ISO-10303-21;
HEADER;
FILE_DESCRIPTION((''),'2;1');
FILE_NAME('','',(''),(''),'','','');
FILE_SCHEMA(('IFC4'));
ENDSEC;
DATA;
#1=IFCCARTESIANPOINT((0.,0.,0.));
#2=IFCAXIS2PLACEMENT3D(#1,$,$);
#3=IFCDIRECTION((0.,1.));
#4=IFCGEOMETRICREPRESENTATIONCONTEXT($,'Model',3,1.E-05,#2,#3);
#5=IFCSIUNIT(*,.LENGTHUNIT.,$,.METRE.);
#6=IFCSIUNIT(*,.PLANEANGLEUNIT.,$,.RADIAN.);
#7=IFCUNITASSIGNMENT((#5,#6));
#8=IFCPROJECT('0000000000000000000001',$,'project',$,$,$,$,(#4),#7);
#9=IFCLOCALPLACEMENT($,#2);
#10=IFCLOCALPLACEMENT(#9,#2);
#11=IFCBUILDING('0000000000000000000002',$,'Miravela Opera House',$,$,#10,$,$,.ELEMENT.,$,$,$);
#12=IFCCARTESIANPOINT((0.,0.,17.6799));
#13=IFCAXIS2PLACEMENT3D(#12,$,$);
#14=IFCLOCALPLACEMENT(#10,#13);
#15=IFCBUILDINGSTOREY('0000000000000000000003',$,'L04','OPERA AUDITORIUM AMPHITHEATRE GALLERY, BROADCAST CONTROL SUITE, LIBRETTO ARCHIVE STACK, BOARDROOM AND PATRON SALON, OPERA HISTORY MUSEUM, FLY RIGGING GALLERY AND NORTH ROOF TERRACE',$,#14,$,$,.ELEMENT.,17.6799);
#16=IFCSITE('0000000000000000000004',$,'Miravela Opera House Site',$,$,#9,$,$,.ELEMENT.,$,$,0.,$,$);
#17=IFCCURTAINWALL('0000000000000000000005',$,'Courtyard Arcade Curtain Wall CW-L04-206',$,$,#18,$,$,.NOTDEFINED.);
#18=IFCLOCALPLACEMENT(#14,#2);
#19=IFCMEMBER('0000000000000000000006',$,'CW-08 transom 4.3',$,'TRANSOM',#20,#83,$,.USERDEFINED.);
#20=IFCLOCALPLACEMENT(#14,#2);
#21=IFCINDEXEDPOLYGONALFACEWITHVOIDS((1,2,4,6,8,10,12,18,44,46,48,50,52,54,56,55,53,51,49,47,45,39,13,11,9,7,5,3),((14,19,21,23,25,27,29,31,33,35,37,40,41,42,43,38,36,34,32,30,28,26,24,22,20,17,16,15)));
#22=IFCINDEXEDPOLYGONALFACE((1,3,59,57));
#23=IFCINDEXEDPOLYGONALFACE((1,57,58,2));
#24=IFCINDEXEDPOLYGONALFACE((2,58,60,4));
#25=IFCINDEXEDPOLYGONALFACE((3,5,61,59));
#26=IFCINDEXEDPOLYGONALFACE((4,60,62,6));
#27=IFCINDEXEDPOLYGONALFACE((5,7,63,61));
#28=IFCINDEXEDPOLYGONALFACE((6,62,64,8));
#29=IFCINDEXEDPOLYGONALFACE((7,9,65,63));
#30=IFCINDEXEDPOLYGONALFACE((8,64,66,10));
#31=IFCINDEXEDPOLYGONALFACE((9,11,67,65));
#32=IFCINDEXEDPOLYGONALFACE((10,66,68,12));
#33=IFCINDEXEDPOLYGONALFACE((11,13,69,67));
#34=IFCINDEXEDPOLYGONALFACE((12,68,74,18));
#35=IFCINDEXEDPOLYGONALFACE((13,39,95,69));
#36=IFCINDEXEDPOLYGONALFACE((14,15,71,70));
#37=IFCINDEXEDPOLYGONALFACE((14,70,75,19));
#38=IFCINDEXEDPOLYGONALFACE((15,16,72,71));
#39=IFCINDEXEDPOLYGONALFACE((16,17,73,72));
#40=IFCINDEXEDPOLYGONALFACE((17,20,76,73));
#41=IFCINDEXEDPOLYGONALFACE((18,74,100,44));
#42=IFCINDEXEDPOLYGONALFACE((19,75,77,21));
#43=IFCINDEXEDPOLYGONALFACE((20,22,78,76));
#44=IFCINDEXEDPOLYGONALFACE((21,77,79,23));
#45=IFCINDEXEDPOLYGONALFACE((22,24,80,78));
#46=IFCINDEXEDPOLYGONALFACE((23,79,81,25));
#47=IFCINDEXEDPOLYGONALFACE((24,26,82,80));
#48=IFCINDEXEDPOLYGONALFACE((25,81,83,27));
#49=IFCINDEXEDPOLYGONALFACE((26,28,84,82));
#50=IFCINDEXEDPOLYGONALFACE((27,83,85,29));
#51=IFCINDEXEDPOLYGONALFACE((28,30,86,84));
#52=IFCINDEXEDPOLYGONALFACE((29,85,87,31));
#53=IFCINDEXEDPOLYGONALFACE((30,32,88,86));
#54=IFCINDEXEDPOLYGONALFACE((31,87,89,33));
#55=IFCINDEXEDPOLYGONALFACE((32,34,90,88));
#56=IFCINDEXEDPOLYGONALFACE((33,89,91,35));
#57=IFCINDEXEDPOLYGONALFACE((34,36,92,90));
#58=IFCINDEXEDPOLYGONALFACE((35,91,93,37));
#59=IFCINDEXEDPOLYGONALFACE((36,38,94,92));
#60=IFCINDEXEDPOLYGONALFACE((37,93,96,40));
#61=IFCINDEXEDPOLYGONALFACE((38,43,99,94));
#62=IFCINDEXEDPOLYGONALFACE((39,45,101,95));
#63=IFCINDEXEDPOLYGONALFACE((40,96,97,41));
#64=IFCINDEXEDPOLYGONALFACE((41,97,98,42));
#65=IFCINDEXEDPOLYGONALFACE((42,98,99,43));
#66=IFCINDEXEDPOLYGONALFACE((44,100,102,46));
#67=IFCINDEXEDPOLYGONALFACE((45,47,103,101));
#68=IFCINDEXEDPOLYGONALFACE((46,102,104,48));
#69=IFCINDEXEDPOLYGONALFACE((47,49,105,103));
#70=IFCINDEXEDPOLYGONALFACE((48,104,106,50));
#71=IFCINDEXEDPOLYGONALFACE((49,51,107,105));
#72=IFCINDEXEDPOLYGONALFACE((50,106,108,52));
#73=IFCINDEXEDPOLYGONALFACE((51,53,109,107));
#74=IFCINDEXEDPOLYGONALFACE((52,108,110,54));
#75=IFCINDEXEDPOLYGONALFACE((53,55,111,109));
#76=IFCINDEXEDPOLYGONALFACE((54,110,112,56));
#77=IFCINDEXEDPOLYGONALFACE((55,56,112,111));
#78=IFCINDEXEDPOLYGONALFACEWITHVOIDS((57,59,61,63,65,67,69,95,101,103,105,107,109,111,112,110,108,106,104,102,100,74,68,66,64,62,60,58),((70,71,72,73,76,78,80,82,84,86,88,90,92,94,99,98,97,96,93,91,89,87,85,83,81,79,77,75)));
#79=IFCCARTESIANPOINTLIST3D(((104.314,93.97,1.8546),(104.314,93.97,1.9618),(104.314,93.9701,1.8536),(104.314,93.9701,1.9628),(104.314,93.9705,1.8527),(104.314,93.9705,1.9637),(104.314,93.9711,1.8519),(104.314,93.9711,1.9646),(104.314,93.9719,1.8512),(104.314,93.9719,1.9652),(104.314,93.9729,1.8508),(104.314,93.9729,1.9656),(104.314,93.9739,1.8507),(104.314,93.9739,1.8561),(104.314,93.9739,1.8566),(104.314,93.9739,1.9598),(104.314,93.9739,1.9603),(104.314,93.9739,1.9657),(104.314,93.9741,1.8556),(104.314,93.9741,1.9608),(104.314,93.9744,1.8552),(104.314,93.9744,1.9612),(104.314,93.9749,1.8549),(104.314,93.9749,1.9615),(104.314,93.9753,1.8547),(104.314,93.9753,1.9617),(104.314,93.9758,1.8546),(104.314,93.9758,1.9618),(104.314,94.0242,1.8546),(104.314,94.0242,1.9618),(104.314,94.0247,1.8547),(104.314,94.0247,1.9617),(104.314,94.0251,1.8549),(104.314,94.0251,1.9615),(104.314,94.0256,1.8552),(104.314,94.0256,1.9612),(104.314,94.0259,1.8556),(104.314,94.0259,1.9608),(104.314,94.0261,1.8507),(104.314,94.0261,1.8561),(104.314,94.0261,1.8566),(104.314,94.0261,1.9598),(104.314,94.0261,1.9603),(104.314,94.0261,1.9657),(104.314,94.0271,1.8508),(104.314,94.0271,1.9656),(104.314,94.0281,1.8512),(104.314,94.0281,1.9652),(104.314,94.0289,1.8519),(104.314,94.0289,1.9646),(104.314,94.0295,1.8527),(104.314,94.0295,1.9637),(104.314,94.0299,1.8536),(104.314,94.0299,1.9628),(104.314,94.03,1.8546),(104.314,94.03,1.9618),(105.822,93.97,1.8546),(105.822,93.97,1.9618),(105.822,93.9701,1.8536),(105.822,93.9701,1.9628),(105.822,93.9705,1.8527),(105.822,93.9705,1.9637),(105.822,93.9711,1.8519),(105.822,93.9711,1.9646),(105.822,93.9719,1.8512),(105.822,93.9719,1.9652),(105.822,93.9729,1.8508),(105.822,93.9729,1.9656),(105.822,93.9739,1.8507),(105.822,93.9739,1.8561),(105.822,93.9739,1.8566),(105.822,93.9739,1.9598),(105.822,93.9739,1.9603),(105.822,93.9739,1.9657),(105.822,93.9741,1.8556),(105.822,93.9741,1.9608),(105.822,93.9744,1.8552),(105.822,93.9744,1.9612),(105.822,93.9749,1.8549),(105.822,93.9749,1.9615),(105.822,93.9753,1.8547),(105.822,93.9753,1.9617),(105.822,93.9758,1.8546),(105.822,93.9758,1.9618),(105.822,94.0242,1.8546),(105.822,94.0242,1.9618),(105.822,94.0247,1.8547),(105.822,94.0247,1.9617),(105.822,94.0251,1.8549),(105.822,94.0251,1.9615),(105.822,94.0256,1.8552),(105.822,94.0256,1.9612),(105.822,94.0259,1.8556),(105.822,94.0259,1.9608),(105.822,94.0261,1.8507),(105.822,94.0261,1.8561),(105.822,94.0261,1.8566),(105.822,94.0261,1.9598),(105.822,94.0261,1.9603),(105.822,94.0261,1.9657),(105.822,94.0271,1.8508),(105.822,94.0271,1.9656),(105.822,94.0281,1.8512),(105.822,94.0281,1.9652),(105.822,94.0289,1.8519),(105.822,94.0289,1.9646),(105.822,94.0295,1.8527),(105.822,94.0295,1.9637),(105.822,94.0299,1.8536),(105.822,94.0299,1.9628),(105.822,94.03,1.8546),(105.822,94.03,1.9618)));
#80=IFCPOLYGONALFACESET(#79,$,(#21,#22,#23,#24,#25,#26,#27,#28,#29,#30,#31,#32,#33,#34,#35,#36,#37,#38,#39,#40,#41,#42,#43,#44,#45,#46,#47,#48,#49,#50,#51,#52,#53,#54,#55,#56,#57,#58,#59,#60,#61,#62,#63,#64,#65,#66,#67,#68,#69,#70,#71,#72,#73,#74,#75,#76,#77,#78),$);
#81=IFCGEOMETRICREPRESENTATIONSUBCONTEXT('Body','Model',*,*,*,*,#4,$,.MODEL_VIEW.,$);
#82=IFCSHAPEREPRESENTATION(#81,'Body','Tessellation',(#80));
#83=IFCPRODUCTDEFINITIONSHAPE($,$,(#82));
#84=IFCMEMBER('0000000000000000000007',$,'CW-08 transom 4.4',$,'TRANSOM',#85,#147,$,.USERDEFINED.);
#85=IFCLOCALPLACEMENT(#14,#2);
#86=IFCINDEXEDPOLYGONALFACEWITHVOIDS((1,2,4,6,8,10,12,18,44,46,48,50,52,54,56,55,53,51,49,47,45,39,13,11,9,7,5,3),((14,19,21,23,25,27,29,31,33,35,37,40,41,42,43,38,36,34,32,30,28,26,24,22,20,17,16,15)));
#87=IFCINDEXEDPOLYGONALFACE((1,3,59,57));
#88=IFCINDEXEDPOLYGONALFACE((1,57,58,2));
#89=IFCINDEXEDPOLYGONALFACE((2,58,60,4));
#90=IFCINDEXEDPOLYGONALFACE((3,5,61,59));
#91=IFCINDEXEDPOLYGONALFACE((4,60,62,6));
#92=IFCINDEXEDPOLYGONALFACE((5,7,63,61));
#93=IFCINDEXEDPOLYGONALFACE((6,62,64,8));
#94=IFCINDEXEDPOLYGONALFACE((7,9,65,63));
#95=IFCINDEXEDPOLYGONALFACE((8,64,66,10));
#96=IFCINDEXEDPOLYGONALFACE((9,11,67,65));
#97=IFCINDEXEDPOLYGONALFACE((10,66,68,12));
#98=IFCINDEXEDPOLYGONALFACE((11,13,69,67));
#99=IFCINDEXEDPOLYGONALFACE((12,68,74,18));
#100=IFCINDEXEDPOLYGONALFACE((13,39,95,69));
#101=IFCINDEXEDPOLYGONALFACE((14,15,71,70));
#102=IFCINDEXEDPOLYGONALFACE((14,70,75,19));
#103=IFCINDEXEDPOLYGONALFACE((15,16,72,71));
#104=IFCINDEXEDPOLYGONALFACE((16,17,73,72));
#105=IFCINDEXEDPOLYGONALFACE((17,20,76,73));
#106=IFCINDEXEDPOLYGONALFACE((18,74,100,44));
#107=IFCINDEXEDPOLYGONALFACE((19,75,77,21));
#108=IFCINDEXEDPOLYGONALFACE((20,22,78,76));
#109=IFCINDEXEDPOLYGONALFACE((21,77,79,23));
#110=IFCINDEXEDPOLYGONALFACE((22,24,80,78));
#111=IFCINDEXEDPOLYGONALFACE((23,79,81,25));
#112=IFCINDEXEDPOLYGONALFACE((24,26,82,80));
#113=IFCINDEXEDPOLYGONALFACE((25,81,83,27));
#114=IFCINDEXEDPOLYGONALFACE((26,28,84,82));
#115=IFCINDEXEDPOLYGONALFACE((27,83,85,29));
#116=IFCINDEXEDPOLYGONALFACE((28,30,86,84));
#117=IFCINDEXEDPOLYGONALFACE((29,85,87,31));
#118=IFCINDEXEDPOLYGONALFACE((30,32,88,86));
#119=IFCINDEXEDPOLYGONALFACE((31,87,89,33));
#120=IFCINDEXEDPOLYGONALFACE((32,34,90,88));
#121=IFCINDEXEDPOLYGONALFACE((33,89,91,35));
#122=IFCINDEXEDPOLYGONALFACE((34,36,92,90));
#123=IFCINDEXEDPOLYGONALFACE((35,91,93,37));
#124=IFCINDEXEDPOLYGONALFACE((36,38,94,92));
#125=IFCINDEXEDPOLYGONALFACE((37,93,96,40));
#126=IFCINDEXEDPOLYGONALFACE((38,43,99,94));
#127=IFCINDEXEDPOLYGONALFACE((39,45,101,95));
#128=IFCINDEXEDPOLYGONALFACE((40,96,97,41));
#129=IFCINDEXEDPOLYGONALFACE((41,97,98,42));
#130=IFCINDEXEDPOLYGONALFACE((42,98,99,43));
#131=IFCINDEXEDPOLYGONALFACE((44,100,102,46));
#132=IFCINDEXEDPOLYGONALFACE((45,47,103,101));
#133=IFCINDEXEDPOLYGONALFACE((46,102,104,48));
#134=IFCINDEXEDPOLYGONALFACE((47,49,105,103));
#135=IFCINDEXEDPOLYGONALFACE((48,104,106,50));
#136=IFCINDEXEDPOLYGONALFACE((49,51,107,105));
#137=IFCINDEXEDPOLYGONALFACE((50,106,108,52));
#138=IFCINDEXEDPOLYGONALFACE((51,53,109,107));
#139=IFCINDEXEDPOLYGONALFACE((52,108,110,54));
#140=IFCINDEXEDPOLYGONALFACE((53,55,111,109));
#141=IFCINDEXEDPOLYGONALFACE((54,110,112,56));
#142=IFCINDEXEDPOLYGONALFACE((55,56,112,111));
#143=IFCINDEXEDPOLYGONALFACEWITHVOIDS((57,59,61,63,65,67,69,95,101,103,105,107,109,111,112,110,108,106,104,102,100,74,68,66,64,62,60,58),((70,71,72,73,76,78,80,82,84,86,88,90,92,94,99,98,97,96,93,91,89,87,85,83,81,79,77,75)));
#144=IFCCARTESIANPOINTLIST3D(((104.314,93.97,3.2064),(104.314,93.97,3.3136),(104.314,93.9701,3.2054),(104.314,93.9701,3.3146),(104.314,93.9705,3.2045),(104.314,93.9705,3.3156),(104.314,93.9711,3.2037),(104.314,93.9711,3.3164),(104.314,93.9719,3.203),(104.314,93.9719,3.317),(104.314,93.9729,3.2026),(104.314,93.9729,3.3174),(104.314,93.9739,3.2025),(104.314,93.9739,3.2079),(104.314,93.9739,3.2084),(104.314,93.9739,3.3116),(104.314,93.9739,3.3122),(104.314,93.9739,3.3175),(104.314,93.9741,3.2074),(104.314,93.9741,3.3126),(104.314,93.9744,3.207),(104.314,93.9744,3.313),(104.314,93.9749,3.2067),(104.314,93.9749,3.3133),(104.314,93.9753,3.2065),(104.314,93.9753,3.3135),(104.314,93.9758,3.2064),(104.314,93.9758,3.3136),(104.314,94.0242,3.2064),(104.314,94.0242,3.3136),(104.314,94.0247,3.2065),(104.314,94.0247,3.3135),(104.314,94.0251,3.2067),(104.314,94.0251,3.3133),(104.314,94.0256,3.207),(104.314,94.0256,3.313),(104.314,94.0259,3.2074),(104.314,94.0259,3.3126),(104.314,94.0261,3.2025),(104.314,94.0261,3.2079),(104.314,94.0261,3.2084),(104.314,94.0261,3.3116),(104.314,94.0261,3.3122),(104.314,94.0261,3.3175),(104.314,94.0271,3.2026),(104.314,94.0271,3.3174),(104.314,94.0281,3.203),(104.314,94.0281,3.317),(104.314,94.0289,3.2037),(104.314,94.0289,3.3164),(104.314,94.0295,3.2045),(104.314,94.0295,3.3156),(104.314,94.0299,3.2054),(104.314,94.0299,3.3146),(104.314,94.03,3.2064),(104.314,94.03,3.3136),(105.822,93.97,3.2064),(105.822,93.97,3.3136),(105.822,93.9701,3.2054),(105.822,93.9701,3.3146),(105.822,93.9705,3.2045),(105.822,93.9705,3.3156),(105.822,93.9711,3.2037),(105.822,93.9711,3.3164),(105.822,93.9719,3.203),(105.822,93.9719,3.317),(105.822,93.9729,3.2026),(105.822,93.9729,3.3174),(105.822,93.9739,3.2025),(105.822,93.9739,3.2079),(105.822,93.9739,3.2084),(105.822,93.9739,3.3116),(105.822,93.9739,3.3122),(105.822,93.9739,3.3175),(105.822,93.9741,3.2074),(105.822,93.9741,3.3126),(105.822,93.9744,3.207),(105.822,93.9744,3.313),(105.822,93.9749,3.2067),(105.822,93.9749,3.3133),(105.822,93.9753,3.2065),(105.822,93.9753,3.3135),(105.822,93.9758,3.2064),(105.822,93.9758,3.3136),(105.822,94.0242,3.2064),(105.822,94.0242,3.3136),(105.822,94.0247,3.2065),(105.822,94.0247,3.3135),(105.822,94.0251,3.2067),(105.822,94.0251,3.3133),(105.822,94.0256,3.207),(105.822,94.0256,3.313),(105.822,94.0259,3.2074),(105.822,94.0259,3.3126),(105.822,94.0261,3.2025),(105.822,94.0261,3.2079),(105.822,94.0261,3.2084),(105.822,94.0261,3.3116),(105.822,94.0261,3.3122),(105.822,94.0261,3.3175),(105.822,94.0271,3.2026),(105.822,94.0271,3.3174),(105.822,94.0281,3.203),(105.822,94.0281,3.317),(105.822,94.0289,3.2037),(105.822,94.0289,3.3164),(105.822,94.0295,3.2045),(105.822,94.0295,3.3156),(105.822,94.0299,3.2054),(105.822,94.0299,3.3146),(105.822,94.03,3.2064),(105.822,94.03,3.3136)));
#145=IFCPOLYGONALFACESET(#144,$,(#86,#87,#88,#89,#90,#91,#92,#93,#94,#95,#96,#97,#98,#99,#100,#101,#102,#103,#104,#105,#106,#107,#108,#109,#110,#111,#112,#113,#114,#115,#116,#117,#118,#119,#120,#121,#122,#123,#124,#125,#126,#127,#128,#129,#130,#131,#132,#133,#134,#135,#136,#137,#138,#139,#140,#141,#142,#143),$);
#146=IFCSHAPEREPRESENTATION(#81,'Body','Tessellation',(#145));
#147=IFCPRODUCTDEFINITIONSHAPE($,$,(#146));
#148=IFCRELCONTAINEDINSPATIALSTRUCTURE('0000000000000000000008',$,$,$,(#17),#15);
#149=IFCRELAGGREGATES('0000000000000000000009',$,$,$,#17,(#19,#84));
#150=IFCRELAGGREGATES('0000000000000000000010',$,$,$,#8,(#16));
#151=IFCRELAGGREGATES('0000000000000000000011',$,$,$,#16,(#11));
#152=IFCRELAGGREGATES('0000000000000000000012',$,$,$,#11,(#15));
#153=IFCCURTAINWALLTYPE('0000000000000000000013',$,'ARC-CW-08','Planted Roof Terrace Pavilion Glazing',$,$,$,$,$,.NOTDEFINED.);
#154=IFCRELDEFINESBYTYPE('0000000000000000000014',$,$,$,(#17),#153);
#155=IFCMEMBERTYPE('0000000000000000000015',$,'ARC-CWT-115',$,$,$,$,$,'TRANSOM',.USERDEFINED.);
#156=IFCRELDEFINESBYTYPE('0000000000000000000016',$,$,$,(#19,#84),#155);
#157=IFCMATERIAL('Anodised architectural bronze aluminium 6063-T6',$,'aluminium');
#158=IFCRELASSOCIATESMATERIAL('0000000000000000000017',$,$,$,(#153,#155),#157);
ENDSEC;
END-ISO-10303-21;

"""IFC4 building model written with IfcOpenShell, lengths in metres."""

from ifc_helpers import new_model, si_unit, direction, frame, origin, origin_2d, place, context, subcontext, project, spatial, hollow_rectangle, extrude, material, material_profile, profile_set, type_object, element, aggregate, save


model = new_model("IFC4")

# Units and contexts
model_context = context("Model", 3, precision=1e-05, world=origin(), true_north=direction((0.0, 1.0)))
body_context = subcontext(model_context, "Body", "Model", "MODEL_VIEW")
ifc_project = project(units=[si_unit("LENGTHUNIT", "METRE"), si_unit("PLANEANGLEUNIT", "RADIAN")], contexts=[model_context])

# Site, building, storey
site_placement = place(None, origin())
site = spatial("IfcSite", under=ifc_project, at=site_placement, Name="Miravela Opera House Site", CompositionType="ELEMENT", RefElevation=0.0)
building_placement = place(site_placement, origin())
building = spatial("IfcBuilding", under=site, at=building_placement, Name="Miravela Opera House", CompositionType="ELEMENT")
storey_placement = place(building_placement, frame((0.0, 0.0, 17.6799)))
storey = spatial("IfcBuildingStorey", under=building, at=storey_placement, Name="L04", Description="OPERA AUDITORIUM AMPHITHEATRE GALLERY, BROADCAST CONTROL SUITE, LIBRETTO ARCHIVE STACK, BOARDROOM AND PATRON SALON, OPERA HISTORY MUSEUM, FLY RIGGING GALLERY AND NORTH ROOF TERRACE", CompositionType="ELEMENT", Elevation=17.6799)

# Curtain wall, members
ifc_material_1 = material(Name="Anodised architectural bronze aluminium 6063-T6", Category="aluminium")
curtain_wall_type = type_object("IfcCurtainWallType", Name="ARC-CW-08", Description="Planted Roof Terrace Pavilion Glazing", PredefinedType="NOTDEFINED", material=ifc_material_1)
curtain_wall_placement = place(storey_placement, origin())
curtain_wall = element("IfcCurtainWall", 1, at=curtain_wall_placement, inside=storey, type_object=curtain_wall_type, Name="Courtyard Arcade Curtain Wall CW-L04-206", PredefinedType="NOTDEFINED")
ifc_material_profile_1 = material_profile(ifc_material_1, hollow_rectangle(XDim=0.0601, YDim=0.115, WallThickness=0.0039, InnerFilletRadius=0.002, OuterFilletRadius=0.0039, at=origin_2d()), Name="CWT-60X115")
ifc_profile_set_1 = profile_set([ifc_material_profile_1])
member_type_1 = type_object("IfcMemberType", Name="ARC-CWT-115", ElementType="TRANSOM", PredefinedType="USERDEFINED", material=ifc_profile_set_1)
member_1_placement = place(storey_placement, frame((104.314, 94.0, 1.9082), z_axis=(1.0, 0.0, 0.0), x_axis=(0.0, 1.0, 0.0)))
member_1 = element("IfcMember", 2, at=member_1_placement, type_object=member_type_1, Name="CW-08 transom 4.3", ObjectType="TRANSOM", PredefinedType="USERDEFINED", context=body_context, shape_type="SweptSolid", body=[
    extrude(hollow_rectangle(XDim=0.0601, YDim=0.115, WallThickness=0.0039, InnerFilletRadius=0.002, OuterFilletRadius=0.0039, at=origin_2d()), origin(), (0.0, 0.0, 1.0), 1.5081),
])
member_2_placement = place(storey_placement, frame((104.314, 94.0, 3.26), z_axis=(1.0, 0.0, 0.0), x_axis=(0.0, 1.0, 0.0)))
member_2 = element("IfcMember", 3, at=member_2_placement, type_object=member_type_1, Name="CW-08 transom 4.4", ObjectType="TRANSOM", PredefinedType="USERDEFINED", context=body_context, shape_type="SweptSolid", body=[
    extrude(hollow_rectangle(XDim=0.0601, YDim=0.115, WallThickness=0.0039, InnerFilletRadius=0.002, OuterFilletRadius=0.0039, at=origin_2d()), origin(), (0.0, 0.0, 1.0), 1.5081),
])

aggregate(curtain_wall, [member_1, member_2])

save(model, "model.ifc")
